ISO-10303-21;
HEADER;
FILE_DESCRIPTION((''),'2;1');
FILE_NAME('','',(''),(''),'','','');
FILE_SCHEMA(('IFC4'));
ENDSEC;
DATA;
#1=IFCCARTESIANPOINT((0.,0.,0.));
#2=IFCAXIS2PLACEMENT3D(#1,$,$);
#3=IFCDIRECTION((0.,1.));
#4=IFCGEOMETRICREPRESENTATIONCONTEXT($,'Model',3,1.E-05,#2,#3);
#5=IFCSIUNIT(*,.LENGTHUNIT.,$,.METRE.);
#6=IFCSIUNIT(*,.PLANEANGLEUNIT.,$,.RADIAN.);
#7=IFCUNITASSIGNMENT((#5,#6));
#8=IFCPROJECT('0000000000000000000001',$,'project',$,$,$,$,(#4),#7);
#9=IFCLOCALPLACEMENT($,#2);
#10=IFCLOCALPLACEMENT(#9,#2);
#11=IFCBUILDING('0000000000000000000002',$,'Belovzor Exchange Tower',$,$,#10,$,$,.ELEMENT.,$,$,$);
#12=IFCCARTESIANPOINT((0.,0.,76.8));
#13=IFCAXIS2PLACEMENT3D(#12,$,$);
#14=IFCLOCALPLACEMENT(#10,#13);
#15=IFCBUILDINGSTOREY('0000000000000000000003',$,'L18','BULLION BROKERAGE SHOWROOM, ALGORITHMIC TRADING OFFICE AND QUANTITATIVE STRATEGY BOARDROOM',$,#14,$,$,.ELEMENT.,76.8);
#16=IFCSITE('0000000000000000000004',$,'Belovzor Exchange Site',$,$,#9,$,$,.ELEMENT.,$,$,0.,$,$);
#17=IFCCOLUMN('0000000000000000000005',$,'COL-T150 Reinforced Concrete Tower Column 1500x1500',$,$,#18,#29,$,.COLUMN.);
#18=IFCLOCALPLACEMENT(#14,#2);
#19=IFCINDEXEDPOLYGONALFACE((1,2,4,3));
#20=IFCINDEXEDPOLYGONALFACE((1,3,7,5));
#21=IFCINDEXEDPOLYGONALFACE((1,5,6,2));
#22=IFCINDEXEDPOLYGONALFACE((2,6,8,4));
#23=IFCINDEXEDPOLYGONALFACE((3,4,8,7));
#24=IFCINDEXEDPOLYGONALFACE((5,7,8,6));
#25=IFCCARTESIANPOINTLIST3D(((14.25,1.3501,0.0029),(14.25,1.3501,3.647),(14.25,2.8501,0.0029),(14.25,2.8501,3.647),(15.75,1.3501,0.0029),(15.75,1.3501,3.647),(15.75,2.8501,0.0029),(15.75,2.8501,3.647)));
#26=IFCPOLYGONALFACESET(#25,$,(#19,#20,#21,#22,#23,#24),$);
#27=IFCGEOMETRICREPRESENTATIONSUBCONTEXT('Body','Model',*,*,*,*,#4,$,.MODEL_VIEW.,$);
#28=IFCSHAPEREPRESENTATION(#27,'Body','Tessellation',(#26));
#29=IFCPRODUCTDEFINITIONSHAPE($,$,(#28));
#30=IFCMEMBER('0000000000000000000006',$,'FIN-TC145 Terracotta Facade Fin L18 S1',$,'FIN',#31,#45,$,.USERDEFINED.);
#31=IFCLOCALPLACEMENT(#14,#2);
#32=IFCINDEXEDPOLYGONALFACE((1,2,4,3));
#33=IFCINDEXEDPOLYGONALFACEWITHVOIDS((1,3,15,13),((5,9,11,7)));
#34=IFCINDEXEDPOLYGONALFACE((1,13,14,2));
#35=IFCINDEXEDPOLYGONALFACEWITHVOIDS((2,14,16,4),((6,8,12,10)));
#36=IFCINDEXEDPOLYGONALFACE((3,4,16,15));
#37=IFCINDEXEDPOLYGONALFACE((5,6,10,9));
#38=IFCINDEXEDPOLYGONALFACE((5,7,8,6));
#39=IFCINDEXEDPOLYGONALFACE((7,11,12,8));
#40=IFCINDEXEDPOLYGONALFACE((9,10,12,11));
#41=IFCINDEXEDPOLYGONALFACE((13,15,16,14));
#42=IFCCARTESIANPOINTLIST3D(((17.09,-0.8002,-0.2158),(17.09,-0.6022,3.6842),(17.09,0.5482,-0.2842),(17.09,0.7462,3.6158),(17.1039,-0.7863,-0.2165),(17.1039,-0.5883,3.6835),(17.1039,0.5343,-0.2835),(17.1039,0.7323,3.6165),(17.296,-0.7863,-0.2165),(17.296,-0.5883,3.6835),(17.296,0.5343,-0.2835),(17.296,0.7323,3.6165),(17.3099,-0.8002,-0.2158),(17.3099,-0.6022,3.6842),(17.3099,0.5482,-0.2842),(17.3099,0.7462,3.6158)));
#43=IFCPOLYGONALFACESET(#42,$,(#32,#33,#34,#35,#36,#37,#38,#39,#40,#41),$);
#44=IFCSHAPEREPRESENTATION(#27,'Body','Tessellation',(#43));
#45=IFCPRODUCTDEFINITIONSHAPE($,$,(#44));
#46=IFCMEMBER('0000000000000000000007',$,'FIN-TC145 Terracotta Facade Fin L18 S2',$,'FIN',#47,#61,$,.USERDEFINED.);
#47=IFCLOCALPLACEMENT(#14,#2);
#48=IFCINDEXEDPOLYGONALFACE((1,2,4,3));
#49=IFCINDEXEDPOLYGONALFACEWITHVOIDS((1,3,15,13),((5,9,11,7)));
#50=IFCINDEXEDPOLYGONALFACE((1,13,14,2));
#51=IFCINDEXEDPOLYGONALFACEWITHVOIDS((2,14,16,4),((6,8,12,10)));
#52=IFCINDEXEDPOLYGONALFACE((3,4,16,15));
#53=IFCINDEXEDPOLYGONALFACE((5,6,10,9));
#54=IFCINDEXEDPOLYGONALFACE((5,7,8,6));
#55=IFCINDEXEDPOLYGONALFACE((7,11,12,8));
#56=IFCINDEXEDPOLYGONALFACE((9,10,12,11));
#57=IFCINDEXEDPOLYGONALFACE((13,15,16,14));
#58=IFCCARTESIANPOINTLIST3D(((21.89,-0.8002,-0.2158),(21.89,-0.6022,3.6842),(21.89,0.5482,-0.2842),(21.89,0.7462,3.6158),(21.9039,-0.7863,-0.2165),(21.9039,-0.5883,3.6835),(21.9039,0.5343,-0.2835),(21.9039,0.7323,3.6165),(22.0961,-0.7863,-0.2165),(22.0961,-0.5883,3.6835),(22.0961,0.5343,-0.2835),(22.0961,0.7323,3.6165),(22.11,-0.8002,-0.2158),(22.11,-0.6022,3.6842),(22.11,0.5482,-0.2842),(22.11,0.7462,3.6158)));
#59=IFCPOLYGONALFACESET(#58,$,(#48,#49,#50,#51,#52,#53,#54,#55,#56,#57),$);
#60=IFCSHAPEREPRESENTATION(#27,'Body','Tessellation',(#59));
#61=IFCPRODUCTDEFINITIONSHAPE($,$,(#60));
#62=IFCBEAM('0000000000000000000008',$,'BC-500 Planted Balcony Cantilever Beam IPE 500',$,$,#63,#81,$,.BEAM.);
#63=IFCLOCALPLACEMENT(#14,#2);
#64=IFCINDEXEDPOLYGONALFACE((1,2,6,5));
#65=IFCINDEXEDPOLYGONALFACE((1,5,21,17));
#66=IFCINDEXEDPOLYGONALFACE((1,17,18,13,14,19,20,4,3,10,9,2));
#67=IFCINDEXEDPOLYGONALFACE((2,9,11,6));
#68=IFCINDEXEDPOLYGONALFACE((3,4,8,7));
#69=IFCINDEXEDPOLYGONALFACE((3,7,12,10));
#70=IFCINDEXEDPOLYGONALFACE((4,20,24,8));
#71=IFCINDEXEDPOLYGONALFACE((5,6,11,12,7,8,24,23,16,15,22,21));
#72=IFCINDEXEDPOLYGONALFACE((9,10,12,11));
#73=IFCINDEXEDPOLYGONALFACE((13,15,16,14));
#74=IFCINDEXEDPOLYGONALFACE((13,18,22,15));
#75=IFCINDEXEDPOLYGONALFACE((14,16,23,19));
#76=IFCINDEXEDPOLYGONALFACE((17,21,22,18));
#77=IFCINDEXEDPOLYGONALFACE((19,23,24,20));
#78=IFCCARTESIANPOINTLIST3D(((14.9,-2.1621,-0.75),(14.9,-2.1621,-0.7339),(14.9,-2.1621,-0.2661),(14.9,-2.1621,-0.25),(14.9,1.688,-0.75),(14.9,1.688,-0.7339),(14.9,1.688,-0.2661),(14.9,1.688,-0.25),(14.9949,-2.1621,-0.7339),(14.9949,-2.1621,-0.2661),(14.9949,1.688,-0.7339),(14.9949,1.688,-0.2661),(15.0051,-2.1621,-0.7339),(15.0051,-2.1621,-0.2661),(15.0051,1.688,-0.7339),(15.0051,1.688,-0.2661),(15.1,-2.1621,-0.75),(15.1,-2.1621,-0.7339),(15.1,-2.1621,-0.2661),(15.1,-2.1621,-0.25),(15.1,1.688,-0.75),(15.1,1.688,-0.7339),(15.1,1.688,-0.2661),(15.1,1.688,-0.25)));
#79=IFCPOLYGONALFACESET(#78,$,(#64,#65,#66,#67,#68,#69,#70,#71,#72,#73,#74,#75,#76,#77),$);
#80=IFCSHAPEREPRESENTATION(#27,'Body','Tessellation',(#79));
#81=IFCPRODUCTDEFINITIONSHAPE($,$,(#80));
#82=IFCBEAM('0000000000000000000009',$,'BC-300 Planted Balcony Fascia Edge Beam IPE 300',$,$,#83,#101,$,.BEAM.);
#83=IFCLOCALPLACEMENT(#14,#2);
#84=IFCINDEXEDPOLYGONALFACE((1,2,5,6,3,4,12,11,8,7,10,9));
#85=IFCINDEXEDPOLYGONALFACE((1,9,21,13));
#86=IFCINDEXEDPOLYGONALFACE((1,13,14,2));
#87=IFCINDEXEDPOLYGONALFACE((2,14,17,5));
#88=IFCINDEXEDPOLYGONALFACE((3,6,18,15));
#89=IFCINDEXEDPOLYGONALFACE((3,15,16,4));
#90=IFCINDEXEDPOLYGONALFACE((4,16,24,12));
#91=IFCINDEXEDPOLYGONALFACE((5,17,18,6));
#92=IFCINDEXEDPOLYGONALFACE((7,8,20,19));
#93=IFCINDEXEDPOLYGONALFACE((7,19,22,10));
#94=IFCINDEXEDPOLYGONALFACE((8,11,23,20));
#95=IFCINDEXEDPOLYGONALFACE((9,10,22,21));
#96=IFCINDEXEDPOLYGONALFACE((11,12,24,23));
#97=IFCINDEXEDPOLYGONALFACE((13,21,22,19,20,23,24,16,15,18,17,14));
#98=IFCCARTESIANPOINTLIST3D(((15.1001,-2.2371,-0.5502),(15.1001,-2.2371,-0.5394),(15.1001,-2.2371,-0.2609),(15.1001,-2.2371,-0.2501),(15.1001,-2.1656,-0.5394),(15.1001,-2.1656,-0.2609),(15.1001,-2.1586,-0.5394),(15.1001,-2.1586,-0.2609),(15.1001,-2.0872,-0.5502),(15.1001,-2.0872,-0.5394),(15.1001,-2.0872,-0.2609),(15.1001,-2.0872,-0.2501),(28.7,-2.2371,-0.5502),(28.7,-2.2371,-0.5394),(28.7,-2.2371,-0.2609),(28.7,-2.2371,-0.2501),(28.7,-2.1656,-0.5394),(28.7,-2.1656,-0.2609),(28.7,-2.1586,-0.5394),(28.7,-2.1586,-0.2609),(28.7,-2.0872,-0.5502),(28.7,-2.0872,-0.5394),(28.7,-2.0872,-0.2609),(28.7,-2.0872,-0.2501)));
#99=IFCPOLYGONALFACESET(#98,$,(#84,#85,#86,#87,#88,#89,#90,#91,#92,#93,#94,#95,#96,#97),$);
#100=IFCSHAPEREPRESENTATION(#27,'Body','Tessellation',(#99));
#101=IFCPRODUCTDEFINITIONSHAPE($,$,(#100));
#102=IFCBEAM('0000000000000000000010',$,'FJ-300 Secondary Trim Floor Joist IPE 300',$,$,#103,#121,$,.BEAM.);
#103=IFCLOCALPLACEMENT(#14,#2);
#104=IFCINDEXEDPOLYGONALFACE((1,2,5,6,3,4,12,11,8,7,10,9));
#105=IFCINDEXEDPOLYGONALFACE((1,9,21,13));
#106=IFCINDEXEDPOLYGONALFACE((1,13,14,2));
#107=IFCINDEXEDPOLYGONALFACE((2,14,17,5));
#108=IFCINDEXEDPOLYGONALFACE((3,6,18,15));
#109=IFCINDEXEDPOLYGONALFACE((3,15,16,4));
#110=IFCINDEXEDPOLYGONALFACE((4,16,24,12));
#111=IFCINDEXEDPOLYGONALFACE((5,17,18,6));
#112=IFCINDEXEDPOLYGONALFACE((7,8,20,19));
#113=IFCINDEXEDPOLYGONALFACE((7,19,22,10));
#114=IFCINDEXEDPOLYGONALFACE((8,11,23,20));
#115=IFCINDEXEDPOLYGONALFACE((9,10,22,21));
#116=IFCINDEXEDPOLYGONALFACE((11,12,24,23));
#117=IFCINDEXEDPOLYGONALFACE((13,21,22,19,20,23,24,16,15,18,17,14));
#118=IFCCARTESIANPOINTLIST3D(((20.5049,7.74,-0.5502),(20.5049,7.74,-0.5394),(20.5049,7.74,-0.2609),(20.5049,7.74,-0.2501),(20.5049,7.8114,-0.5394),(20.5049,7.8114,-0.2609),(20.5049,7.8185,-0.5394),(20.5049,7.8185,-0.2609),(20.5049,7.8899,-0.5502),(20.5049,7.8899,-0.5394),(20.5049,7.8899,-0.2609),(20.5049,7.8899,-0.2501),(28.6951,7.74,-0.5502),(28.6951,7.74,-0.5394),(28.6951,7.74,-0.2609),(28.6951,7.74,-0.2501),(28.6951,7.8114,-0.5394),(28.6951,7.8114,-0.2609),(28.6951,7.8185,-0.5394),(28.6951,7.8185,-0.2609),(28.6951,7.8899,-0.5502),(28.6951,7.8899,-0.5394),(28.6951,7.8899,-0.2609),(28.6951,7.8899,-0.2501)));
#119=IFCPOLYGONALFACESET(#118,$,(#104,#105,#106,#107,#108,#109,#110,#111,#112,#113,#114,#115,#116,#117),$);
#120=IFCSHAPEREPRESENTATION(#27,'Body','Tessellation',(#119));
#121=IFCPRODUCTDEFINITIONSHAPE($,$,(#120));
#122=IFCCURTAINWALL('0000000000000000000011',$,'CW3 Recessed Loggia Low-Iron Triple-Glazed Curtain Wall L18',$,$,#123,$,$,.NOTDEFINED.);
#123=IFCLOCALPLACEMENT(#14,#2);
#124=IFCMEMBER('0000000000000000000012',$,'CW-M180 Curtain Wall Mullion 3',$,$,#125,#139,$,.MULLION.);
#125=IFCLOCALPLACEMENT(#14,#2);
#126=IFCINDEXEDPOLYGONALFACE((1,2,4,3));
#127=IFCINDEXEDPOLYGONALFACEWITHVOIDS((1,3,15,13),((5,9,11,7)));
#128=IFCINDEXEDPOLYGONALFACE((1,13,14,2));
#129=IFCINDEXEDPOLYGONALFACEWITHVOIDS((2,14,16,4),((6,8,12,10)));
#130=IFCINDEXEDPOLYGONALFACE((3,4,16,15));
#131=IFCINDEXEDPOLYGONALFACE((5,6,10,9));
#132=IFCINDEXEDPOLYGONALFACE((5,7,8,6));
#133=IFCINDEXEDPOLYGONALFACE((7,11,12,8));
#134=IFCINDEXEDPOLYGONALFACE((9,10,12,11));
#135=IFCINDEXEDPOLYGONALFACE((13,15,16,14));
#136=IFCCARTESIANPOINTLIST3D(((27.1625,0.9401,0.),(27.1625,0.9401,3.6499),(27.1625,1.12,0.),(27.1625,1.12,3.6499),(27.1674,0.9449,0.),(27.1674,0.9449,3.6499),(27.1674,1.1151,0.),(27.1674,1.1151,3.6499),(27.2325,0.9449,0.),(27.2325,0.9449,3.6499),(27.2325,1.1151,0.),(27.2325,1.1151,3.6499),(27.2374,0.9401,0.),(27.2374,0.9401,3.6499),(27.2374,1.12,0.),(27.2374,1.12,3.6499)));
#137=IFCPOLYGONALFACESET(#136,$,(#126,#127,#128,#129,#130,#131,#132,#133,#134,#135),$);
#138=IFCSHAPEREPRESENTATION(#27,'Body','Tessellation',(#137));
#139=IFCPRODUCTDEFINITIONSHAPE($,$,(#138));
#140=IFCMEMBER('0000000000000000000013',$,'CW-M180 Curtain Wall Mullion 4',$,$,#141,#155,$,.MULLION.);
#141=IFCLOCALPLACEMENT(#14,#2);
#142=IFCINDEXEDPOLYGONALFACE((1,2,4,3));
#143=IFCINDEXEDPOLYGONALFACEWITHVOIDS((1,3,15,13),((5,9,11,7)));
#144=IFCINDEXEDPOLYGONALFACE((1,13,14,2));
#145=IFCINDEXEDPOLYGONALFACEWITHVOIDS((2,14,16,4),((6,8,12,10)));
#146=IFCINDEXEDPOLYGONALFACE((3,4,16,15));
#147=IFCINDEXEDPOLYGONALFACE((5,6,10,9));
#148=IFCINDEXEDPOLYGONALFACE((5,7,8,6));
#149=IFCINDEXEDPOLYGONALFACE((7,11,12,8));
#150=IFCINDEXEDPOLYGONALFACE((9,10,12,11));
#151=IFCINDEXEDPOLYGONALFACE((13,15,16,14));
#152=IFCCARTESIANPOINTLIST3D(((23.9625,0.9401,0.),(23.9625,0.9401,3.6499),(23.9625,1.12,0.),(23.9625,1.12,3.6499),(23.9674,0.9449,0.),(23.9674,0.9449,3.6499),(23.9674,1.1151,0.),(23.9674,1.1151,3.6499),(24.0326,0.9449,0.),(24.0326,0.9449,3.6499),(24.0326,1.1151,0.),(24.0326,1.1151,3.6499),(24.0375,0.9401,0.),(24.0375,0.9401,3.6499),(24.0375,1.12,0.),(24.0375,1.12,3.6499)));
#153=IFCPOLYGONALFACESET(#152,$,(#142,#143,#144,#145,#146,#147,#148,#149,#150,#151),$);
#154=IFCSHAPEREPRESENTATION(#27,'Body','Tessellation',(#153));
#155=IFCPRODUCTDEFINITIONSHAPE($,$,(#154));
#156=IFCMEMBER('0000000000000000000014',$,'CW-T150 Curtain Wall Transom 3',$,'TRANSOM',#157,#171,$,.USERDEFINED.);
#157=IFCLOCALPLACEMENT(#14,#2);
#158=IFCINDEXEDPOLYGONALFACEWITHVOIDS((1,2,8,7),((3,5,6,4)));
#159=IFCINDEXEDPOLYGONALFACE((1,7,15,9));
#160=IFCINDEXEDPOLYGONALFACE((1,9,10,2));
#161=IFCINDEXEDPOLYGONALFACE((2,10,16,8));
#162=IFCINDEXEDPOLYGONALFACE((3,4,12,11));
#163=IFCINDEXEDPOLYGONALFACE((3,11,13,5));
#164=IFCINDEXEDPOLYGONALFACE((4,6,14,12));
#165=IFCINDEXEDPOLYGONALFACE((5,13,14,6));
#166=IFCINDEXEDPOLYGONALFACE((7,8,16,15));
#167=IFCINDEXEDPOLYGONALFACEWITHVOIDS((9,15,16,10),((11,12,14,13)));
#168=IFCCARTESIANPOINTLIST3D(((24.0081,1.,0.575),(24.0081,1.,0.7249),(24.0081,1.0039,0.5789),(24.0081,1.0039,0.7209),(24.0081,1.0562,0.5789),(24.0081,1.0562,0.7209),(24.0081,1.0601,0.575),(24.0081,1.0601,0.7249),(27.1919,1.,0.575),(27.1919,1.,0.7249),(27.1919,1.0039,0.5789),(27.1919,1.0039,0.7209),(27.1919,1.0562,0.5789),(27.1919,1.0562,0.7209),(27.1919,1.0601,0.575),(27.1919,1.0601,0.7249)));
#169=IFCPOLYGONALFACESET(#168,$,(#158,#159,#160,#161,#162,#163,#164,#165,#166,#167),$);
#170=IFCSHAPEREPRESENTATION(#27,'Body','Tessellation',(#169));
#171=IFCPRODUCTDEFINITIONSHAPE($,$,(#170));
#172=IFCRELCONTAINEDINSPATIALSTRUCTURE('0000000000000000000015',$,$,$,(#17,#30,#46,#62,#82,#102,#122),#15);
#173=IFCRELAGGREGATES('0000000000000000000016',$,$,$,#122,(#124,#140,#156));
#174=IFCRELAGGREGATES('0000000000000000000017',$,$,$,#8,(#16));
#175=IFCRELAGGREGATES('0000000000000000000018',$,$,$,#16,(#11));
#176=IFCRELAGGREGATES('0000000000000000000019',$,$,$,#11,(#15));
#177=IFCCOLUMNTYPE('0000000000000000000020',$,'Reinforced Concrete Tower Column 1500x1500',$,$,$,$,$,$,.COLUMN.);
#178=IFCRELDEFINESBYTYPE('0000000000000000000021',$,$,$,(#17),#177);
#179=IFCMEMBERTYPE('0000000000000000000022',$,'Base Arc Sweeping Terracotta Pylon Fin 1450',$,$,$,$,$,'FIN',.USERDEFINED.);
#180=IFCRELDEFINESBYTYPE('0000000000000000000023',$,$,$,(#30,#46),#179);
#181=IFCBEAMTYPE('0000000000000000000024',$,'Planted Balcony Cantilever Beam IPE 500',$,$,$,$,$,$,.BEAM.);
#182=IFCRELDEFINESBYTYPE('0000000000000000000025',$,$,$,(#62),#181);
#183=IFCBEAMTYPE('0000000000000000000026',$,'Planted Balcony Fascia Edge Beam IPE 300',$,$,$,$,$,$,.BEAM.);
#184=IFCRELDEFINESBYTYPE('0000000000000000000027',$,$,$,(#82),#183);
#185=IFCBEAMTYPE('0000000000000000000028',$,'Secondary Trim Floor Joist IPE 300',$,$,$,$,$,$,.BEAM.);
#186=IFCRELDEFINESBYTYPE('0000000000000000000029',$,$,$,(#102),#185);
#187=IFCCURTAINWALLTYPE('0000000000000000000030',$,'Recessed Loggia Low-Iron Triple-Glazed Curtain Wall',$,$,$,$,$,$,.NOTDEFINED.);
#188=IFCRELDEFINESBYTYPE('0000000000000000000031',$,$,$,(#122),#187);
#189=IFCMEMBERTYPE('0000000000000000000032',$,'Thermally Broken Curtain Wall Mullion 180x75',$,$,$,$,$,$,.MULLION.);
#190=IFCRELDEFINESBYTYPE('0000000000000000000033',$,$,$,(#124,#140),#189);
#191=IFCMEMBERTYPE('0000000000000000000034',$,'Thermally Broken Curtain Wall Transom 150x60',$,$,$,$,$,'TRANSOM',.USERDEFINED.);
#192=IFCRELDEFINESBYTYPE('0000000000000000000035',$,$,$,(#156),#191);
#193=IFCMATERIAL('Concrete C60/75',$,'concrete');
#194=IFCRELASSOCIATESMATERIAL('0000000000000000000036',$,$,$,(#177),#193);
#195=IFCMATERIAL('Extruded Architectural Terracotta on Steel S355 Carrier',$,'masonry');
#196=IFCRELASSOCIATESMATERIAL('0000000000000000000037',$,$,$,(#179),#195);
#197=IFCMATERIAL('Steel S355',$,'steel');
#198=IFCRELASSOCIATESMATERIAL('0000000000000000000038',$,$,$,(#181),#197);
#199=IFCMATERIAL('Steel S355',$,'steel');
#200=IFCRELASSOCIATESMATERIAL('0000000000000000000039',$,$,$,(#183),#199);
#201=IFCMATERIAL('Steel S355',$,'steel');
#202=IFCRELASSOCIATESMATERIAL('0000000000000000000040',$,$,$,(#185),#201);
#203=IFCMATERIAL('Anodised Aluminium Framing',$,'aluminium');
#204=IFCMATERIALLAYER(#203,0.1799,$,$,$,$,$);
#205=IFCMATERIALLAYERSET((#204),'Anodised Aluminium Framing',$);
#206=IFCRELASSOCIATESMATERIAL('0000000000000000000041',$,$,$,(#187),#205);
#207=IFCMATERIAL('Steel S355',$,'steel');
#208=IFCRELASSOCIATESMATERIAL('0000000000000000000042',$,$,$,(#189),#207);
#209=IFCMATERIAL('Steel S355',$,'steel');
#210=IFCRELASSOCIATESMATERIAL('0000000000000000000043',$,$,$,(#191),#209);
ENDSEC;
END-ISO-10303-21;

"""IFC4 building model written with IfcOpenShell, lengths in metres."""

from ifc_helpers import new_model, si_unit, direction, frame, origin, origin_2d, place, context, subcontext, project, spatial, rectangle, hollow_rectangle, i_section, extrude, material, layer, layer_set, material_profile, profile_set, type_object, element, aggregate, save


model = new_model("IFC4")

# Units and contexts
model_context = context("Model", 3, precision=1e-05, world=origin(), true_north=direction((0.0, 1.0)))
body_context = subcontext(model_context, "Body", "Model", "MODEL_VIEW")
ifc_project = project(units=[si_unit("LENGTHUNIT", "METRE"), si_unit("PLANEANGLEUNIT", "RADIAN")], contexts=[model_context])

# Site, building, storey
site_placement = place(None, origin())
site = spatial("IfcSite", under=ifc_project, at=site_placement, Name="Belovzor Exchange Site", CompositionType="ELEMENT", RefElevation=0.0)
building_placement = place(site_placement, origin())
building = spatial("IfcBuilding", under=site, at=building_placement, Name="Belovzor Exchange Tower", CompositionType="ELEMENT")
storey_placement = place(building_placement, frame((0.0, 0.0, 76.8)))
storey = spatial("IfcBuildingStorey", under=building, at=storey_placement, Name="L18", Description="BULLION BROKERAGE SHOWROOM, ALGORITHMIC TRADING OFFICE AND QUANTITATIVE STRATEGY BOARDROOM", CompositionType="ELEMENT", Elevation=76.8)

# Column
ifc_material_1 = material(Name="Concrete C60/75", Category="concrete")
ifc_material_profile_1 = material_profile(ifc_material_1, rectangle(XDim=1.5, YDim=1.5, at=origin_2d()))
ifc_profile_set_1 = profile_set([ifc_material_profile_1], Name="Concrete C60/75")
column_type = type_object("IfcColumnType", Name="Reinforced Concrete Tower Column 1500x1500", PredefinedType="COLUMN", material=ifc_profile_set_1)
column_placement = place(storey_placement, frame((15.0, 2.1001, 0.0029), z_axis=(0.0, 0.0, 1.0), x_axis=(1.0, 0.0, 0.0)))
element("IfcColumn", 1, at=column_placement, inside=storey, type_object=column_type, Name="COL-T150 Reinforced Concrete Tower Column 1500x1500", PredefinedType="COLUMN", context=body_context, shape_type="SweptSolid", body=[
    extrude(rectangle(XDim=1.5, YDim=1.5, at=origin_2d()), origin(), (0.0, 0.0, 1.0), 3.644),
])

# Members
ifc_material_2 = material(Name="Extruded Architectural Terracotta on Steel S355 Carrier", Category="masonry")
ifc_material_profile_2 = material_profile(ifc_material_2, hollow_rectangle(XDim=0.22, YDim=1.3501, WallThickness=0.0139, at=origin_2d()))
ifc_profile_set_2 = profile_set([ifc_material_profile_2], Name="Extruded Architectural Terracotta on Steel S355 Carrier")
member_type_1 = type_object("IfcMemberType", Name="Base Arc Sweeping Terracotta Pylon Fin 1450", ElementType="FIN", PredefinedType="USERDEFINED", material=ifc_profile_set_2)
for number, where, z_axis, x_axis, name in (
    (2, (17.2, -0.126, -0.25), (0.0, 0.050705, 0.998714), (-1.0, 0.0, 0.0), "FIN-TC145 Terracotta Facade Fin L18 S1"),
    (3, (22.0, -0.126, -0.25), (0.0, 0.050705, 0.998714), (-1.0, 0.0, 0.0), "FIN-TC145 Terracotta Facade Fin L18 S2"),
):
    element("IfcMember", number, at=place(storey_placement, frame(where, z_axis=z_axis, x_axis=x_axis)), inside=storey, type_object=member_type_1, Name=name, ObjectType="FIN", PredefinedType="USERDEFINED", context=body_context, shape_type="SweptSolid", body=[
        extrude(hollow_rectangle(XDim=0.22, YDim=1.3501, WallThickness=0.0139, at=origin_2d()), origin(), (0.0, 0.0, 1.0), 3.905),
    ])

# Beams
ifc_material_3 = material(Name="Steel S355", Category="steel")
ifc_material_profile_3 = material_profile(ifc_material_3, i_section(OverallWidth=0.2, OverallDepth=0.5, WebThickness=0.0103, FlangeThickness=0.0161, at=origin_2d()))
ifc_profile_set_3 = profile_set([ifc_material_profile_3], Name="Steel S355")
beam_type_1 = type_object("IfcBeamType", Name="Planted Balcony Cantilever Beam IPE 500", PredefinedType="BEAM", material=ifc_profile_set_3)
beam_1_placement = place(storey_placement, frame((15.0, 1.688, -0.5), z_axis=(0.0, -1.0, 0.0), x_axis=(1.0, 0.0, 0.0)))
element("IfcBeam", 4, at=beam_1_placement, inside=storey, type_object=beam_type_1, Name="BC-500 Planted Balcony Cantilever Beam IPE 500", PredefinedType="BEAM", context=body_context, shape_type="SweptSolid", body=[
    extrude(i_section(OverallWidth=0.2, OverallDepth=0.5, WebThickness=0.0103, FlangeThickness=0.0161, at=origin_2d()), origin(), (0.0, 0.0, 1.0), 3.8501),
])
ifc_material_4 = material(Name="Steel S355", Category="steel")
ifc_material_profile_4 = material_profile(ifc_material_4, i_section(OverallWidth=0.1499, OverallDepth=0.3, WebThickness=0.0071, FlangeThickness=0.0107, at=origin_2d()))
ifc_profile_set_4 = profile_set([ifc_material_profile_4], Name="Steel S355")
beam_type_2 = type_object("IfcBeamType", Name="Planted Balcony Fascia Edge Beam IPE 300", PredefinedType="BEAM", material=ifc_profile_set_4)
beam_2_placement = place(storey_placement, frame((15.1001, -2.1621, -0.4001), z_axis=(1.0, 0.0, 0.0), x_axis=(0.0, 1.0, 0.0)))
element("IfcBeam", 5, at=beam_2_placement, inside=storey, type_object=beam_type_2, Name="BC-300 Planted Balcony Fascia Edge Beam IPE 300", PredefinedType="BEAM", context=body_context, shape_type="SweptSolid", body=[
    extrude(i_section(OverallWidth=0.1499, OverallDepth=0.3, WebThickness=0.0071, FlangeThickness=0.0107, at=origin_2d()), origin(), (0.0, 0.0, 1.0), 13.5999),
])
ifc_material_5 = material(Name="Steel S355", Category="steel")
ifc_material_profile_5 = material_profile(ifc_material_5, i_section(OverallWidth=0.1499, OverallDepth=0.3, WebThickness=0.0071, FlangeThickness=0.0107, at=origin_2d()))
ifc_profile_set_5 = profile_set([ifc_material_profile_5], Name="Steel S355")
beam_type_3 = type_object("IfcBeamType", Name="Secondary Trim Floor Joist IPE 300", PredefinedType="BEAM", material=ifc_profile_set_5)
beam_3_placement = place(storey_placement, frame((20.5049, 7.8149, -0.4001), z_axis=(1.0, 0.0, 0.0), x_axis=(0.0, 1.0, 0.0)))
element("IfcBeam", 6, at=beam_3_placement, inside=storey, type_object=beam_type_3, Name="FJ-300 Secondary Trim Floor Joist IPE 300", PredefinedType="BEAM", context=body_context, shape_type="SweptSolid", body=[
    extrude(i_section(OverallWidth=0.1499, OverallDepth=0.3, WebThickness=0.0071, FlangeThickness=0.0107, at=origin_2d()), origin(), (0.0, 0.0, 1.0), 8.1902),
])

# Curtain wall, members
ifc_material_6 = material(Name="Anodised Aluminium Framing", Category="aluminium")
ifc_layer_1 = layer(ifc_material_6, 0.1799)
ifc_layer_set_1 = layer_set([ifc_layer_1], Name="Anodised Aluminium Framing")
curtain_wall_type = type_object("IfcCurtainWallType", Name="Recessed Loggia Low-Iron Triple-Glazed Curtain Wall", PredefinedType="NOTDEFINED", material=ifc_layer_set_1)
curtain_wall_placement = place(storey_placement, origin())
curtain_wall = element("IfcCurtainWall", 7, at=curtain_wall_placement, inside=storey, type_object=curtain_wall_type, Name="CW3 Recessed Loggia Low-Iron Triple-Glazed Curtain Wall L18", PredefinedType="NOTDEFINED")
ifc_material_7 = material(Name="Steel S355", Category="steel")
ifc_material_profile_6 = material_profile(ifc_material_7, hollow_rectangle(XDim=0.075, YDim=0.1799, WallThickness=0.0049, at=origin_2d()))
ifc_profile_set_6 = profile_set([ifc_material_profile_6], Name="Steel S355")
member_type_2 = type_object("IfcMemberType", Name="Thermally Broken Curtain Wall Mullion 180x75", PredefinedType="MULLION", material=ifc_profile_set_6)
member_1_placement = place(storey_placement, frame((27.2, 1.03, 0.0), z_axis=(0.0, 0.0, 1.0), x_axis=(-1.0, 0.0, 0.0)))
member_1 = element("IfcMember", 8, at=member_1_placement, type_object=member_type_2, Name="CW-M180 Curtain Wall Mullion 3", PredefinedType="MULLION", context=body_context, shape_type="SweptSolid", body=[
    extrude(hollow_rectangle(XDim=0.075, YDim=0.1799, WallThickness=0.0049, at=origin_2d()), origin(), (0.0, 0.0, 1.0), 3.6499),
])
member_2_placement = place(storey_placement, frame((24.0, 1.03, 0.0), z_axis=(0.0, 0.0, 1.0), x_axis=(-1.0, 0.0, 0.0)))
member_2 = element("IfcMember", 9, at=member_2_placement, type_object=member_type_2, Name="CW-M180 Curtain Wall Mullion 4", PredefinedType="MULLION", context=body_context, shape_type="SweptSolid", body=[
    extrude(hollow_rectangle(XDim=0.075, YDim=0.1799, WallThickness=0.0049, at=origin_2d()), origin(), (0.0, 0.0, 1.0), 3.6499),
])
ifc_material_8 = material(Name="Steel S355", Category="steel")
ifc_material_profile_7 = material_profile(ifc_material_8, hollow_rectangle(XDim=0.0601, YDim=0.1499, WallThickness=0.0039, at=origin_2d()))
ifc_profile_set_7 = profile_set([ifc_material_profile_7], Name="Steel S355")
member_type_3 = type_object("IfcMemberType", Name="Thermally Broken Curtain Wall Transom 150x60", ElementType="TRANSOM", PredefinedType="USERDEFINED", material=ifc_profile_set_7)
member_3_placement = place(storey_placement, frame((27.1919, 1.03, 0.6499), z_axis=(-1.0, 0.0, 0.0), x_axis=(0.0, -1.0, 0.0)))
member_3 = element("IfcMember", 10, at=member_3_placement, type_object=member_type_3, Name="CW-T150 Curtain Wall Transom 3", ObjectType="TRANSOM", PredefinedType="USERDEFINED", context=body_context, shape_type="SweptSolid", body=[
    extrude(hollow_rectangle(XDim=0.0601, YDim=0.1499, WallThickness=0.0039, at=origin_2d()), origin(), (0.0, 0.0, 1.0), 3.1838),
])

aggregate(curtain_wall, [member_1, member_2, member_3])

save(model, "model.ifc")
